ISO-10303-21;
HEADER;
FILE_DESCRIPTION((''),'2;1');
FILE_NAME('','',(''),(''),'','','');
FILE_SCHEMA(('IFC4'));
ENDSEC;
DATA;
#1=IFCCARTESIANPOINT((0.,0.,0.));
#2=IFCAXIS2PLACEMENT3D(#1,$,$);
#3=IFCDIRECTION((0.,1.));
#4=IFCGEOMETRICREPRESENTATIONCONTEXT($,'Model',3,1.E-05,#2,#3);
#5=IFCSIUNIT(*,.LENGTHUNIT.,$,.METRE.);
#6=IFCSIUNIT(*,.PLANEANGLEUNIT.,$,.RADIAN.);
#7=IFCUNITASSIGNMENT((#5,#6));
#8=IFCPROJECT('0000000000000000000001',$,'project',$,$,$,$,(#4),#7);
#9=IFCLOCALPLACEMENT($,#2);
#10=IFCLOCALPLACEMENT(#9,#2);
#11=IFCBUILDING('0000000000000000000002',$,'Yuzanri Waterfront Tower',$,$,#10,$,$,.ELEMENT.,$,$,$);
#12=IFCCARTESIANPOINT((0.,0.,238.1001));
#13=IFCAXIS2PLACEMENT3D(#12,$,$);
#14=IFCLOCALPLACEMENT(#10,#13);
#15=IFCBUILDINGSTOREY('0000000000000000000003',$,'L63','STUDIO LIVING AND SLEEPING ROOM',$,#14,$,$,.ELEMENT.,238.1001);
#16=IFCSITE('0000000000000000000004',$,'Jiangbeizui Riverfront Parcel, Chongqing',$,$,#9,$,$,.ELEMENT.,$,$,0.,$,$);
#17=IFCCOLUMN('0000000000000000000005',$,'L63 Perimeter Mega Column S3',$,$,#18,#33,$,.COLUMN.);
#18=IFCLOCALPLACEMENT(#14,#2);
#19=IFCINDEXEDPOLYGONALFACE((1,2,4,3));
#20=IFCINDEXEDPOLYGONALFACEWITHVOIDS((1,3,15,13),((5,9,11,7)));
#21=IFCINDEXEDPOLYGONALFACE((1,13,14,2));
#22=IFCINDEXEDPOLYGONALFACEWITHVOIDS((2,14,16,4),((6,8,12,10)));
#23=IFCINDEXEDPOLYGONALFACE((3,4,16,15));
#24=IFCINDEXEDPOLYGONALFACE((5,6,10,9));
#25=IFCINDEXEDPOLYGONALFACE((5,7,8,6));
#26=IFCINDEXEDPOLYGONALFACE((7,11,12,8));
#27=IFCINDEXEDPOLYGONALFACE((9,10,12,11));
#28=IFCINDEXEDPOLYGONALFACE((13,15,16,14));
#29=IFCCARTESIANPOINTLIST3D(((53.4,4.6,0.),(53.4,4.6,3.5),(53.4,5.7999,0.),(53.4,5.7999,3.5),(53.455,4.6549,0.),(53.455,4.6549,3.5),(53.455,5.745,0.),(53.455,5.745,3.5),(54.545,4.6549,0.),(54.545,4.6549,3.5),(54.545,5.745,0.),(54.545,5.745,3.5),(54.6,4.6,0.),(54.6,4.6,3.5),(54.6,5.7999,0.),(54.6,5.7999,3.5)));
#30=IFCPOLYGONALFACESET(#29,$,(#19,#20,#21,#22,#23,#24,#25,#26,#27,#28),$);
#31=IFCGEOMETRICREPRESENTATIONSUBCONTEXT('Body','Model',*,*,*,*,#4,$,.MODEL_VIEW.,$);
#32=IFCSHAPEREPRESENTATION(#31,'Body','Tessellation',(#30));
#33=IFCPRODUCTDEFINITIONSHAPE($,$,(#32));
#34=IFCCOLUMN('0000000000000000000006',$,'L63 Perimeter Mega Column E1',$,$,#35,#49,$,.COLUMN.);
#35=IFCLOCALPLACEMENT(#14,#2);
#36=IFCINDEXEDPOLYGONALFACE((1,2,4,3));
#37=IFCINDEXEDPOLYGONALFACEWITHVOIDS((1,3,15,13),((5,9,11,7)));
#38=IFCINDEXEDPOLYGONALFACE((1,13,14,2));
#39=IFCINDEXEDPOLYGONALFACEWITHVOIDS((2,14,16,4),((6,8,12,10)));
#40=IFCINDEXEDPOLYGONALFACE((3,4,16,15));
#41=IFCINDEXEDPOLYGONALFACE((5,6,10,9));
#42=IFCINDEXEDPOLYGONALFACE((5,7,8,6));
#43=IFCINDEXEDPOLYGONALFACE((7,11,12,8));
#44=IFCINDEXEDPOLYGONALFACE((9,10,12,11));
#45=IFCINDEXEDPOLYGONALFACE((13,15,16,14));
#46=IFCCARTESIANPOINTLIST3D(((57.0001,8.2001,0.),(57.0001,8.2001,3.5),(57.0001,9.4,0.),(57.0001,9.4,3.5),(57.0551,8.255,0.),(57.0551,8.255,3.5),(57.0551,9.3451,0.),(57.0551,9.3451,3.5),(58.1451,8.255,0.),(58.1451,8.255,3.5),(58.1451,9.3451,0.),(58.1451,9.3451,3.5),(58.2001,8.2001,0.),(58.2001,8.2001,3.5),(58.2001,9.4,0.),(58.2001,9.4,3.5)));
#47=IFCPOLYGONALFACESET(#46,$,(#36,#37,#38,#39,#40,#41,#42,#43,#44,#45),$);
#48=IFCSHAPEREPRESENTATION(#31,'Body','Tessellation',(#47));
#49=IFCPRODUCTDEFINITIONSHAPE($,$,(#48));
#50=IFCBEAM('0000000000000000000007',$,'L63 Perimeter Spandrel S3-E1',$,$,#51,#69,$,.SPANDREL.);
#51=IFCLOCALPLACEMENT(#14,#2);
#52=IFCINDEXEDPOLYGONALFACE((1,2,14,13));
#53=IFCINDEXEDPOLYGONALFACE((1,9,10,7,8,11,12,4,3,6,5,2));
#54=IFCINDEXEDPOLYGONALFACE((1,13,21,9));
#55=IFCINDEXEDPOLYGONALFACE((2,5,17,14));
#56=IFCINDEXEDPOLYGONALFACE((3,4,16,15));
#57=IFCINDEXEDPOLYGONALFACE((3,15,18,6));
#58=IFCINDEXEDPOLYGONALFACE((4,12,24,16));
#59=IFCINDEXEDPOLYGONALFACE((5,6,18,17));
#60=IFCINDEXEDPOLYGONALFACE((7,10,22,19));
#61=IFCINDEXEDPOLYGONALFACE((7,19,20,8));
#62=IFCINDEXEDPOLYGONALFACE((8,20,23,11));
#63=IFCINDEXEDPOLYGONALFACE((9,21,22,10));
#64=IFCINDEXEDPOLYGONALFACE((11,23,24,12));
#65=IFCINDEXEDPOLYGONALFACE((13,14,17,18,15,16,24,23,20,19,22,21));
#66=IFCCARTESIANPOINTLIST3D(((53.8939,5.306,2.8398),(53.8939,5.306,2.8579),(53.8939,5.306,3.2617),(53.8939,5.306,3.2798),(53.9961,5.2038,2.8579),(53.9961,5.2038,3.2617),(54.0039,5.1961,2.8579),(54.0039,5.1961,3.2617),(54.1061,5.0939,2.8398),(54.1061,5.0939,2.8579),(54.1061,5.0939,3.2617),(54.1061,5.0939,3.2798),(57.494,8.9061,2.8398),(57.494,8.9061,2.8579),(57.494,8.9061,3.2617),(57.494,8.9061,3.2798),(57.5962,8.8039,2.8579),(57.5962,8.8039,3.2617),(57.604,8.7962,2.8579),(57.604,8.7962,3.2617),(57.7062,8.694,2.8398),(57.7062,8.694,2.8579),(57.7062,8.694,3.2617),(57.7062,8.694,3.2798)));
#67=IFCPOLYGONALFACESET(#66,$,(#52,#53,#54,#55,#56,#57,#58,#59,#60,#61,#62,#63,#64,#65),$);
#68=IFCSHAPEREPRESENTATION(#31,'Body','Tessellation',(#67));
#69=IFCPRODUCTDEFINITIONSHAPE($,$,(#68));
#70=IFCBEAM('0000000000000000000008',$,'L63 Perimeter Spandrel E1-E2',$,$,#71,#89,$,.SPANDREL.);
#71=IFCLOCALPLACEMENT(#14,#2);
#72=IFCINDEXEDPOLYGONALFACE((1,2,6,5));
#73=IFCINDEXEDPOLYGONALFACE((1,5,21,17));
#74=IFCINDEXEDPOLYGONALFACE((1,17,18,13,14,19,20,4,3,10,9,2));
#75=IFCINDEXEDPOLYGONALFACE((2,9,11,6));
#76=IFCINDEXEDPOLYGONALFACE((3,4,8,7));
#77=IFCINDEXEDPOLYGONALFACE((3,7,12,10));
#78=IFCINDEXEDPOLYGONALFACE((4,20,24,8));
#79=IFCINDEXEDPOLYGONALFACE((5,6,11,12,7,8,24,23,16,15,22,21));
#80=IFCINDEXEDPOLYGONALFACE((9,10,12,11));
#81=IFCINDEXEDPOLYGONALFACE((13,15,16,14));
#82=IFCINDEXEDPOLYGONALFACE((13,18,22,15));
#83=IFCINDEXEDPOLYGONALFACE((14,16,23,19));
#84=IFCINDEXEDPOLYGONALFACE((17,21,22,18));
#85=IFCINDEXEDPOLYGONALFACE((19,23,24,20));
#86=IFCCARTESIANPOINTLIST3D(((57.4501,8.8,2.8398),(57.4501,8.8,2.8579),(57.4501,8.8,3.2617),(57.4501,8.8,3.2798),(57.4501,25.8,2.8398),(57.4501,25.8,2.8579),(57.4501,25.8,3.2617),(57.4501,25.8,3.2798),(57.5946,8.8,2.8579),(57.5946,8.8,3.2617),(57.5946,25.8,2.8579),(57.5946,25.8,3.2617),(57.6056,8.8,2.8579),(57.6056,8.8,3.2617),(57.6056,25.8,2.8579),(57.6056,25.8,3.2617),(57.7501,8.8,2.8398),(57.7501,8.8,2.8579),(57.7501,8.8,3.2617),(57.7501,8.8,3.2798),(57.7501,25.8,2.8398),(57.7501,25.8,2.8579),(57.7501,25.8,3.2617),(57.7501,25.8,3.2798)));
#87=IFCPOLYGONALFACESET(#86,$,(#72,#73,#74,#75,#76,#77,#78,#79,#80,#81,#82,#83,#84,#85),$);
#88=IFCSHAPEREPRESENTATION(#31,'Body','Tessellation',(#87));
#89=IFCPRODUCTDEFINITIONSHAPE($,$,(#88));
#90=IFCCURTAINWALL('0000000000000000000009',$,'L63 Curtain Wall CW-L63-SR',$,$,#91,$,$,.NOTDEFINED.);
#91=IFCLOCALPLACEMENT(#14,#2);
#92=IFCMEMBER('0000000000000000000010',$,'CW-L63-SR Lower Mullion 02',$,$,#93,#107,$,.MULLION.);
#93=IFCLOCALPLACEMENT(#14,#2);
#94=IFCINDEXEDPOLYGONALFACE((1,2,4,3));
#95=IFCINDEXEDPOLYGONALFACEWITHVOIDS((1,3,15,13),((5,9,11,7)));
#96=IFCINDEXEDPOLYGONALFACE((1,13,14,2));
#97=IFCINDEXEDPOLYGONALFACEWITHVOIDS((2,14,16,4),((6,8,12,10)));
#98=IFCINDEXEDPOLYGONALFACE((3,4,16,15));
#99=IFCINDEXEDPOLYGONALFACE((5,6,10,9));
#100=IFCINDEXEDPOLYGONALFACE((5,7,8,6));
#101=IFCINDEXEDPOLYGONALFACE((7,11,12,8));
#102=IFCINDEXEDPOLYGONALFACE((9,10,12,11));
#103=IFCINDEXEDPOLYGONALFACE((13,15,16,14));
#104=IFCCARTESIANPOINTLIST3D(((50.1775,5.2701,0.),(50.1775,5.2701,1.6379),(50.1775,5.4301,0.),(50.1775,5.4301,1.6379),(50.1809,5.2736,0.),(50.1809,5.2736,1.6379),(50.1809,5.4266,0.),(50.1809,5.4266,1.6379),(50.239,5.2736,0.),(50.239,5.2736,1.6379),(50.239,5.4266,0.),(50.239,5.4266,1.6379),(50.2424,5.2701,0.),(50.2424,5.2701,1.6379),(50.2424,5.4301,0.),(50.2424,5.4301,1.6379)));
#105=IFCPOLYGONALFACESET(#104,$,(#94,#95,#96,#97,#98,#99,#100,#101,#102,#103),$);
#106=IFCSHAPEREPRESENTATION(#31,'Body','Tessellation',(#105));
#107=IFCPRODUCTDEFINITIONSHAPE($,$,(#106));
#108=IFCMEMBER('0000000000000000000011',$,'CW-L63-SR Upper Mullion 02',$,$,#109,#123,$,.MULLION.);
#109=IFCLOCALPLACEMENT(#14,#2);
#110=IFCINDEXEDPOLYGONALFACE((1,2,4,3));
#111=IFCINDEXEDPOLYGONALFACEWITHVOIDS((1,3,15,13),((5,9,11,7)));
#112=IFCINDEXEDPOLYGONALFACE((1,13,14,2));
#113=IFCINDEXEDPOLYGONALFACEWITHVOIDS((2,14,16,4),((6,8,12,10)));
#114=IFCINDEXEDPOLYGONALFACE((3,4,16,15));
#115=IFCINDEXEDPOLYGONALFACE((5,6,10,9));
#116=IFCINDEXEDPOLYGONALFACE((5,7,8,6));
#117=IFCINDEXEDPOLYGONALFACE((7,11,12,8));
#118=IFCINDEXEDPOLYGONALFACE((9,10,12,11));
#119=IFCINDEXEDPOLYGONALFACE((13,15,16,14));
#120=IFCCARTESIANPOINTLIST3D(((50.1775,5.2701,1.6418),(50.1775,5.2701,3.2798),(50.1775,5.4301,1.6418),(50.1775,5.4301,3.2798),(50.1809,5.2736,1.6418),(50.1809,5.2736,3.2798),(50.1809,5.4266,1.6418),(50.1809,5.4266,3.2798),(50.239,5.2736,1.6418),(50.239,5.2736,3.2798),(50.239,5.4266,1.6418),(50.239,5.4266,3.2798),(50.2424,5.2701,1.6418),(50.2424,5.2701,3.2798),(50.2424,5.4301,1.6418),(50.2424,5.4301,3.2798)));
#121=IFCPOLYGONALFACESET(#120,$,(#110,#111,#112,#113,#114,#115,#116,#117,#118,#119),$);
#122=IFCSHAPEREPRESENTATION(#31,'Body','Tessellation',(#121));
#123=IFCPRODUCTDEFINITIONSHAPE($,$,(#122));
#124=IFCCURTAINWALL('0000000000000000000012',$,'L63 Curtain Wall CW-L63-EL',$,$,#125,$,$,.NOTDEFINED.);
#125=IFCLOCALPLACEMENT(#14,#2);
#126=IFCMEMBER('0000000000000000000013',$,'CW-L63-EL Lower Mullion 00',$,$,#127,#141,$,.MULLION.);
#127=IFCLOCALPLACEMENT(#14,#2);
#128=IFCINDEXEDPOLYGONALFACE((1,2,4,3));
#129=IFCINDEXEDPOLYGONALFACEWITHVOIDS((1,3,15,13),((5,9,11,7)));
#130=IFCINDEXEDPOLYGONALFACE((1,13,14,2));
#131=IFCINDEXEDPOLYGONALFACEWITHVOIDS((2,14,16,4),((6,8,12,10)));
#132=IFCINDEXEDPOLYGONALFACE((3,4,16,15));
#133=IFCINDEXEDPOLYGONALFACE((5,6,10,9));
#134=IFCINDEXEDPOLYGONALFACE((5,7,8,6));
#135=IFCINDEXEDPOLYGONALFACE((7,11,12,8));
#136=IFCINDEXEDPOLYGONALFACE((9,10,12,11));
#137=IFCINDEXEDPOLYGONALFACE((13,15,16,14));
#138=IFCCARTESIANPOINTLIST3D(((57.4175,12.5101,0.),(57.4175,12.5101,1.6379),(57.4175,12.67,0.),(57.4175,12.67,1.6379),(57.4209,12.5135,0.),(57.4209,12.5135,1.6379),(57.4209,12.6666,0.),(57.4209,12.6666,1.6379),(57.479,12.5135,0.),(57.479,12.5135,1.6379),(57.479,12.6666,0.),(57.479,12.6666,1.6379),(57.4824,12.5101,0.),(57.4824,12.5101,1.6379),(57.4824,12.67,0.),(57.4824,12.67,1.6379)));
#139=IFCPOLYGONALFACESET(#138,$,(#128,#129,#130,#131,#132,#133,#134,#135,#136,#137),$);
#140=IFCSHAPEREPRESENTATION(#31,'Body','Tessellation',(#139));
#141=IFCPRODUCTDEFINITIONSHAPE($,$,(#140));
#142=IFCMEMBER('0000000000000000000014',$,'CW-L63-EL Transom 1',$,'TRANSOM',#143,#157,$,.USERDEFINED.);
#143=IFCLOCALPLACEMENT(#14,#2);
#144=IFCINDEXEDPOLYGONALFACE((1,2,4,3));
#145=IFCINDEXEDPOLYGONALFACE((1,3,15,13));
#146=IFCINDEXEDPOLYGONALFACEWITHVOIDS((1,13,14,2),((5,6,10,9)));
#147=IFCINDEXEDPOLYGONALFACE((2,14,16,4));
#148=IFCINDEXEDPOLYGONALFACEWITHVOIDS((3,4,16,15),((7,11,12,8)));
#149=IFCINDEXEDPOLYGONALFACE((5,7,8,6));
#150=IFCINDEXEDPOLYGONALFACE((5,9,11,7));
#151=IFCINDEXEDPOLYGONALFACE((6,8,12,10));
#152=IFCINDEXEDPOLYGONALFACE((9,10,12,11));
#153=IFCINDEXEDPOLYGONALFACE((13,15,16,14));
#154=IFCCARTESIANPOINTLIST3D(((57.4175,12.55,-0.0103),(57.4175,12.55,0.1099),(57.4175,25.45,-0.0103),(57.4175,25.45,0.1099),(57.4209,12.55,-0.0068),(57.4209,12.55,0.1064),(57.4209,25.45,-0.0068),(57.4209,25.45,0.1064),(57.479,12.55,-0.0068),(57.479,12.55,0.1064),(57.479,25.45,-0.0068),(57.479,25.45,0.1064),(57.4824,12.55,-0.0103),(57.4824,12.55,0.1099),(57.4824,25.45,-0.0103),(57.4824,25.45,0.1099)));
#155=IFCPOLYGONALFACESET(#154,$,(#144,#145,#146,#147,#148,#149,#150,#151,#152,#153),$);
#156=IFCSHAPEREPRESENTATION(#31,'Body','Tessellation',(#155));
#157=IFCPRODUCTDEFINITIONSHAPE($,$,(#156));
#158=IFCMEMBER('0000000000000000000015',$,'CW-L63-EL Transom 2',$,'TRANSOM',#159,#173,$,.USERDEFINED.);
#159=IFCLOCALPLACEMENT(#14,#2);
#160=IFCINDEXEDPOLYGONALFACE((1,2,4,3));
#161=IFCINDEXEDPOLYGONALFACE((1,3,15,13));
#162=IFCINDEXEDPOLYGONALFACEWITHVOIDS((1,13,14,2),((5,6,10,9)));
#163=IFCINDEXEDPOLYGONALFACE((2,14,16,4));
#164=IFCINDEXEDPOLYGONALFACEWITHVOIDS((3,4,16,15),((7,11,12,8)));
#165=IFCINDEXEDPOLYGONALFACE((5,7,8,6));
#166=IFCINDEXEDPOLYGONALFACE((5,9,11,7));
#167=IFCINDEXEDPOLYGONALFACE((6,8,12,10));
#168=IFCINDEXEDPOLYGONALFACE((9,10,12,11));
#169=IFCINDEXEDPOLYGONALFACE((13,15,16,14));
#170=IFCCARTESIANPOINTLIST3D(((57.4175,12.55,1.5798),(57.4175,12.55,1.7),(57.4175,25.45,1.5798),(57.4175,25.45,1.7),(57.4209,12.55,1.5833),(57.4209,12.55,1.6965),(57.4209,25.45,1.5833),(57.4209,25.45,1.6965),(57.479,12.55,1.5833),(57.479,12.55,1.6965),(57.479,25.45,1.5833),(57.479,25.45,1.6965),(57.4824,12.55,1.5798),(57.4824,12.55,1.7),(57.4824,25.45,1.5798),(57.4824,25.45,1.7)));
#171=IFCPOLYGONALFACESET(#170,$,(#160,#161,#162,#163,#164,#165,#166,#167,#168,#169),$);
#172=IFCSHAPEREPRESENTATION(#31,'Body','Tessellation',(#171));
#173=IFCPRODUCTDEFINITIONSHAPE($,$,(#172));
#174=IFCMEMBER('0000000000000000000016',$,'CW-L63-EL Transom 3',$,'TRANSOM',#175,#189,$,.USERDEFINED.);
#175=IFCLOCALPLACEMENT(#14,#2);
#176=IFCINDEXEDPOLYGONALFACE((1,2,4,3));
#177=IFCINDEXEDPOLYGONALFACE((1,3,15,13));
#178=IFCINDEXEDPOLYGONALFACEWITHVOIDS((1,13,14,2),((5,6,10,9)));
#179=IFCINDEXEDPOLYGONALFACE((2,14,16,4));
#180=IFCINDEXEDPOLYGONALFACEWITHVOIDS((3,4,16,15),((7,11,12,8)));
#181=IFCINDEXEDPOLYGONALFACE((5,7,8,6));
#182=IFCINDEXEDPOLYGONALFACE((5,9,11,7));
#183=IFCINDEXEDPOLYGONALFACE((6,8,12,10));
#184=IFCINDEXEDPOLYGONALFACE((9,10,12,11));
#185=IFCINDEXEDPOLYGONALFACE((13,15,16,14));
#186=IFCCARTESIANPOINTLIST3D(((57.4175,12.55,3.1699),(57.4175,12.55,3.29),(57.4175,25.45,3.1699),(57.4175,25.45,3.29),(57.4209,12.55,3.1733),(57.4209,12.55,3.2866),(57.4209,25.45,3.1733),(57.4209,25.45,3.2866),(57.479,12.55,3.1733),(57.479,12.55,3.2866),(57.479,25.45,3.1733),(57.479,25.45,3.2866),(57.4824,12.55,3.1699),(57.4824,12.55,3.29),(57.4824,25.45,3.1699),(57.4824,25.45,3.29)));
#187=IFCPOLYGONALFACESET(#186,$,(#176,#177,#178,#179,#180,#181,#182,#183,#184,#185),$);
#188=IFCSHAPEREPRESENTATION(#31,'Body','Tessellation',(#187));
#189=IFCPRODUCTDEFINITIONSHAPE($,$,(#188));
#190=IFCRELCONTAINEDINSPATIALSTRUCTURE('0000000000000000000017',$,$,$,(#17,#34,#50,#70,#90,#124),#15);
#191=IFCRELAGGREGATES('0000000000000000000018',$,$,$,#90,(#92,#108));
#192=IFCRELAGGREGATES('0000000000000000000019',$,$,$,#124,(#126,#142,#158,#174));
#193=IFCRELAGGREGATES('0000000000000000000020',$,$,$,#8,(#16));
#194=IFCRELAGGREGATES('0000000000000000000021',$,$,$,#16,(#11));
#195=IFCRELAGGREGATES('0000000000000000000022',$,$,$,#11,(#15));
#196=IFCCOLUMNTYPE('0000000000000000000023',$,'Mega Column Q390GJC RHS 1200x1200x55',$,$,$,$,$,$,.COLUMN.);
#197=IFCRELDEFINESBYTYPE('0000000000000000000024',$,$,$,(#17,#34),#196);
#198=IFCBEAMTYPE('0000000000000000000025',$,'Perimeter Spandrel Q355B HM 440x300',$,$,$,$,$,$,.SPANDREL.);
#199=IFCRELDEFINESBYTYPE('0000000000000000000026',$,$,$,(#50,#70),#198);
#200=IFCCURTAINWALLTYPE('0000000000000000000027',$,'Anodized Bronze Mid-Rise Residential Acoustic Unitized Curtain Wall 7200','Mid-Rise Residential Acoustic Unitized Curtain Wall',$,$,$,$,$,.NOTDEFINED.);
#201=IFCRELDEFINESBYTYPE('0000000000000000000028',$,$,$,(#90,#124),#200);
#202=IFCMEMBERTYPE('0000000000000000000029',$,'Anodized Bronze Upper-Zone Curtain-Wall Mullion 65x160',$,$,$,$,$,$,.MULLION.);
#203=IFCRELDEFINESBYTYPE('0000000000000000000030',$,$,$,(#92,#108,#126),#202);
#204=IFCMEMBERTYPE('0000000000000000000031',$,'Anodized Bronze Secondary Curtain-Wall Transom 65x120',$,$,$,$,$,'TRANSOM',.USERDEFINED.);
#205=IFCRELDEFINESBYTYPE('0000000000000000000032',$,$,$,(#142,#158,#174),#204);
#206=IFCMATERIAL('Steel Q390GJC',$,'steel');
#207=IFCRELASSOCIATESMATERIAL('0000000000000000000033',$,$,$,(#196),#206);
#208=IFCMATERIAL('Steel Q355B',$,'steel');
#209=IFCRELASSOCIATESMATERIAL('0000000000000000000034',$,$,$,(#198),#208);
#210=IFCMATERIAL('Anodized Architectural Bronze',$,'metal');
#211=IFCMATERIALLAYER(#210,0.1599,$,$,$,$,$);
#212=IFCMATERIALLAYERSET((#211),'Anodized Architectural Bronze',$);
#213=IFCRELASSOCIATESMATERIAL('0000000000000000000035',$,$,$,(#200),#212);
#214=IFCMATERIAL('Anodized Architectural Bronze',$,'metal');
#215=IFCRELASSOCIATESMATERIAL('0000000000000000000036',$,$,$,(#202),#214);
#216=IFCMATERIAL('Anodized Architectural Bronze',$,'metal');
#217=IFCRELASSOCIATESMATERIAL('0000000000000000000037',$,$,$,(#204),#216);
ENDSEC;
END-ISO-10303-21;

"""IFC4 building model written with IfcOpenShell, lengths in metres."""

from ifc_helpers import new_model, si_unit, direction, frame, origin, origin_2d, place, context, subcontext, project, spatial, hollow_rectangle, i_section, extrude, source, transform, mapped, material, layer, layer_set, material_profile, profile_set, type_object, element, aggregate, save


model = new_model("IFC4")

# Units and contexts
model_context = context("Model", 3, precision=1e-05, world=origin(), true_north=direction((0.0, 1.0)))
body_context = subcontext(model_context, "Body", "Model", "MODEL_VIEW")
ifc_project = project(units=[si_unit("LENGTHUNIT", "METRE"), si_unit("PLANEANGLEUNIT", "RADIAN")], contexts=[model_context])

# Site, building, storey
site_placement = place(None, origin())
site = spatial("IfcSite", under=ifc_project, at=site_placement, Name="Jiangbeizui Riverfront Parcel, Chongqing", CompositionType="ELEMENT", RefElevation=0.0)
building_placement = place(site_placement, origin())
building = spatial("IfcBuilding", under=site, at=building_placement, Name="Yuzanri Waterfront Tower", CompositionType="ELEMENT")
storey_placement = place(building_placement, frame((0.0, 0.0, 238.1001)))
storey = spatial("IfcBuildingStorey", under=building, at=storey_placement, Name="L63", Description="STUDIO LIVING AND SLEEPING ROOM", CompositionType="ELEMENT", Elevation=238.1001)

# Columns
ifc_material_1 = material(Name="Steel Q390GJC", Category="steel")
ifc_material_profile_1 = material_profile(ifc_material_1, hollow_rectangle(XDim=1.2, YDim=1.2, WallThickness=0.0549, at=origin_2d()), Name="RHS 1200x1200x55")
ifc_profile_set_1 = profile_set([ifc_material_profile_1], Name="Steel Q390GJC")
column_type = type_object("IfcColumnType", Name="Mega Column Q390GJC RHS 1200x1200x55", PredefinedType="COLUMN", material=ifc_profile_set_1)
shared_shape_1 = source(origin(), body_context, "Body", "SweptSolid", [
    extrude(hollow_rectangle(XDim=1.2, YDim=1.2, WallThickness=0.0549, at=origin_2d()), origin(), (0.0, 0.0, 1.0), 3.5),
])
for number, where, z_axis, x_axis, name in (
    (1, (54.0, 5.2, 0.0), (0.0, 0.0, 1.0), (1.0, 0.0, 0.0), "L63 Perimeter Mega Column S3"),
    (2, (57.6001, 8.8, 0.0), (0.0, 0.0, 1.0), (1.0, 0.0, 0.0), "L63 Perimeter Mega Column E1"),
):
    element("IfcColumn", number, at=place(storey_placement, frame(where, z_axis=z_axis, x_axis=x_axis)), inside=storey, type_object=column_type, Name=name, PredefinedType="COLUMN", context=body_context, shape_type="MappedRepresentation", body=[
        mapped(shared_shape_1, transform((0.0, 0.0, 0.0), scale=1.0)),
    ])

# Beams
ifc_material_2 = material(Name="Steel Q355B", Category="steel")
ifc_material_profile_2 = material_profile(ifc_material_2, i_section(OverallWidth=0.3, OverallDepth=0.4399, WebThickness=0.011, FlangeThickness=0.0181, at=origin_2d()), Name="HM 440x300x11x18")
ifc_profile_set_2 = profile_set([ifc_material_profile_2], Name="Steel Q355B")
beam_type = type_object("IfcBeamType", Name="Perimeter Spandrel Q355B HM 440x300", PredefinedType="SPANDREL", material=ifc_profile_set_2)
shared_shape_2 = source(origin(), body_context, "Body", "SweptSolid", [
    extrude(i_section(OverallWidth=0.3, OverallDepth=0.4399, WebThickness=0.011, FlangeThickness=0.0181, at=origin_2d()), origin(), (0.0, 0.0, 1.0), 5.0913),
])
beam_1_placement = place(storey_placement, frame((54.0, 5.2, 3.0598), z_axis=(0.707107, 0.707107, 0.0), x_axis=(-0.707107, 0.707107, 0.0)))
element("IfcBeam", 3, at=beam_1_placement, inside=storey, type_object=beam_type, Name="L63 Perimeter Spandrel S3-E1", PredefinedType="SPANDREL", context=body_context, shape_type="MappedRepresentation", body=[
    mapped(shared_shape_2, transform((0.0, 0.0, 0.0), scale=1.0)),
])
shared_shape_3 = source(origin(), body_context, "Body", "SweptSolid", [
    extrude(i_section(OverallWidth=0.3, OverallDepth=0.4399, WebThickness=0.011, FlangeThickness=0.0181, at=origin_2d()), origin(), (0.0, 0.0, 1.0), 17.0),
])
beam_2_placement = place(storey_placement, frame((57.6001, 8.8, 3.0598), z_axis=(0.0, 1.0, 0.0), x_axis=(-1.0, 0.0, 0.0)))
element("IfcBeam", 4, at=beam_2_placement, inside=storey, type_object=beam_type, Name="L63 Perimeter Spandrel E1-E2", PredefinedType="SPANDREL", context=body_context, shape_type="MappedRepresentation", body=[
    mapped(shared_shape_3, transform((0.0, 0.0, 0.0), scale=1.0)),
])

# Curtain walls, members
ifc_material_3 = material(Name="Anodized Architectural Bronze", Category="metal")
ifc_layer_1 = layer(ifc_material_3, 0.1599)
ifc_layer_set_1 = layer_set([ifc_layer_1], Name="Anodized Architectural Bronze")
curtain_wall_type = type_object("IfcCurtainWallType", Name="Anodized Bronze Mid-Rise Residential Acoustic Unitized Curtain Wall 7200", Description="Mid-Rise Residential Acoustic Unitized Curtain Wall", PredefinedType="NOTDEFINED", material=ifc_layer_set_1)
curtain_wall_1_placement = place(storey_placement, origin())
curtain_wall_1 = element("IfcCurtainWall", 5, at=curtain_wall_1_placement, inside=storey, type_object=curtain_wall_type, Name="L63 Curtain Wall CW-L63-SR", PredefinedType="NOTDEFINED")
ifc_material_4 = material(Name="Anodized Architectural Bronze", Category="metal")
ifc_material_profile_3 = material_profile(ifc_material_4, hollow_rectangle(XDim=0.0649, YDim=0.1599, WallThickness=0.0034, at=origin_2d()), Name="CWM 65x160")
ifc_profile_set_3 = profile_set([ifc_material_profile_3], Name="Anodized Architectural Bronze")
member_type_1 = type_object("IfcMemberType", Name="Anodized Bronze Upper-Zone Curtain-Wall Mullion 65x160", PredefinedType="MULLION", material=ifc_profile_set_3)
shared_shape_4 = source(origin(), body_context, "Body", "SweptSolid", [
    extrude(hollow_rectangle(XDim=0.0649, YDim=0.1599, WallThickness=0.0034, at=origin_2d()), origin(), (0.0, 0.0, 1.0), 1.6379),
])
member_1_placement = place(storey_placement, frame((50.21, 5.3501, 0.0), z_axis=(0.0, 0.0, 1.0), x_axis=(1.0, 0.0, 0.0)))
member_1 = element("IfcMember", 6, at=member_1_placement, type_object=member_type_1, Name="CW-L63-SR Lower Mullion 02", PredefinedType="MULLION", context=body_context, shape_type="MappedRepresentation", body=[
    mapped(shared_shape_4, transform((0.0, 0.0, 0.0), scale=1.0)),
])
member_2_placement = place(storey_placement, frame((50.21, 5.3501, 1.6418), z_axis=(0.0, 0.0, 1.0), x_axis=(1.0, 0.0, 0.0)))
member_2 = element("IfcMember", 7, at=member_2_placement, type_object=member_type_1, Name="CW-L63-SR Upper Mullion 02", PredefinedType="MULLION", context=body_context, shape_type="MappedRepresentation", body=[
    mapped(shared_shape_4, transform((0.0, 0.0, 0.0), scale=1.0)),
])
aggregate(curtain_wall_1, [member_1, member_2])
curtain_wall_2_placement = place(storey_placement, origin())
curtain_wall_2 = element("IfcCurtainWall", 8, at=curtain_wall_2_placement, inside=storey, type_object=curtain_wall_type, Name="L63 Curtain Wall CW-L63-EL", PredefinedType="NOTDEFINED")
member_3_placement = place(storey_placement, frame((57.45, 12.5901, 0.0), z_axis=(0.0, 0.0, 1.0), x_axis=(1.0, 0.0, 0.0)))
member_3 = element("IfcMember", 9, at=member_3_placement, type_object=member_type_1, Name="CW-L63-EL Lower Mullion 00", PredefinedType="MULLION", context=body_context, shape_type="MappedRepresentation", body=[
    mapped(shared_shape_4, transform((0.0, 0.0, 0.0), scale=1.0)),
])
ifc_material_5 = material(Name="Anodized Architectural Bronze", Category="metal")
ifc_material_profile_4 = material_profile(ifc_material_5, hollow_rectangle(XDim=0.0649, YDim=0.1201, WallThickness=0.0034, at=origin_2d()), Name="CWT 65x120")
ifc_profile_set_4 = profile_set([ifc_material_profile_4], Name="Anodized Architectural Bronze")
member_type_2 = type_object("IfcMemberType", Name="Anodized Bronze Secondary Curtain-Wall Transom 65x120", ElementType="TRANSOM", PredefinedType="USERDEFINED", material=ifc_profile_set_4)
shared_shape_5 = source(origin(), body_context, "Body", "SweptSolid", [
    extrude(hollow_rectangle(XDim=0.0649, YDim=0.1201, WallThickness=0.0034, at=origin_2d()), origin(), (0.0, 0.0, 1.0), 12.8999),
])
member_4_placement = place(storey_placement, frame((57.45, 12.55, 0.0498), z_axis=(0.0, 1.0, 0.0), x_axis=(-1.0, 0.0, 0.0)))
member_4 = element("IfcMember", 10, at=member_4_placement, type_object=member_type_2, Name="CW-L63-EL Transom 1", ObjectType="TRANSOM", PredefinedType="USERDEFINED", context=body_context, shape_type="MappedRepresentation", body=[
    mapped(shared_shape_5, transform((0.0, 0.0, 0.0), scale=1.0)),
])
member_5_placement = place(storey_placement, frame((57.45, 12.55, 1.6399), z_axis=(0.0, 1.0, 0.0), x_axis=(-1.0, 0.0, 0.0)))
member_5 = element("IfcMember", 11, at=member_5_placement, type_object=member_type_2, Name="CW-L63-EL Transom 2", ObjectType="TRANSOM", PredefinedType="USERDEFINED", context=body_context, shape_type="MappedRepresentation", body=[
    mapped(shared_shape_5, transform((0.0, 0.0, 0.0), scale=1.0)),
])
member_6_placement = place(storey_placement, frame((57.45, 12.55, 3.23), z_axis=(0.0, 1.0, 0.0), x_axis=(-1.0, 0.0, 0.0)))
member_6 = element("IfcMember", 12, at=member_6_placement, type_object=member_type_2, Name="CW-L63-EL Transom 3", ObjectType="TRANSOM", PredefinedType="USERDEFINED", context=body_context, shape_type="MappedRepresentation", body=[
    mapped(shared_shape_5, transform((0.0, 0.0, 0.0), scale=1.0)),
])
aggregate(curtain_wall_2, [member_3, member_4, member_5, member_6])

save(model, "model.ifc")
